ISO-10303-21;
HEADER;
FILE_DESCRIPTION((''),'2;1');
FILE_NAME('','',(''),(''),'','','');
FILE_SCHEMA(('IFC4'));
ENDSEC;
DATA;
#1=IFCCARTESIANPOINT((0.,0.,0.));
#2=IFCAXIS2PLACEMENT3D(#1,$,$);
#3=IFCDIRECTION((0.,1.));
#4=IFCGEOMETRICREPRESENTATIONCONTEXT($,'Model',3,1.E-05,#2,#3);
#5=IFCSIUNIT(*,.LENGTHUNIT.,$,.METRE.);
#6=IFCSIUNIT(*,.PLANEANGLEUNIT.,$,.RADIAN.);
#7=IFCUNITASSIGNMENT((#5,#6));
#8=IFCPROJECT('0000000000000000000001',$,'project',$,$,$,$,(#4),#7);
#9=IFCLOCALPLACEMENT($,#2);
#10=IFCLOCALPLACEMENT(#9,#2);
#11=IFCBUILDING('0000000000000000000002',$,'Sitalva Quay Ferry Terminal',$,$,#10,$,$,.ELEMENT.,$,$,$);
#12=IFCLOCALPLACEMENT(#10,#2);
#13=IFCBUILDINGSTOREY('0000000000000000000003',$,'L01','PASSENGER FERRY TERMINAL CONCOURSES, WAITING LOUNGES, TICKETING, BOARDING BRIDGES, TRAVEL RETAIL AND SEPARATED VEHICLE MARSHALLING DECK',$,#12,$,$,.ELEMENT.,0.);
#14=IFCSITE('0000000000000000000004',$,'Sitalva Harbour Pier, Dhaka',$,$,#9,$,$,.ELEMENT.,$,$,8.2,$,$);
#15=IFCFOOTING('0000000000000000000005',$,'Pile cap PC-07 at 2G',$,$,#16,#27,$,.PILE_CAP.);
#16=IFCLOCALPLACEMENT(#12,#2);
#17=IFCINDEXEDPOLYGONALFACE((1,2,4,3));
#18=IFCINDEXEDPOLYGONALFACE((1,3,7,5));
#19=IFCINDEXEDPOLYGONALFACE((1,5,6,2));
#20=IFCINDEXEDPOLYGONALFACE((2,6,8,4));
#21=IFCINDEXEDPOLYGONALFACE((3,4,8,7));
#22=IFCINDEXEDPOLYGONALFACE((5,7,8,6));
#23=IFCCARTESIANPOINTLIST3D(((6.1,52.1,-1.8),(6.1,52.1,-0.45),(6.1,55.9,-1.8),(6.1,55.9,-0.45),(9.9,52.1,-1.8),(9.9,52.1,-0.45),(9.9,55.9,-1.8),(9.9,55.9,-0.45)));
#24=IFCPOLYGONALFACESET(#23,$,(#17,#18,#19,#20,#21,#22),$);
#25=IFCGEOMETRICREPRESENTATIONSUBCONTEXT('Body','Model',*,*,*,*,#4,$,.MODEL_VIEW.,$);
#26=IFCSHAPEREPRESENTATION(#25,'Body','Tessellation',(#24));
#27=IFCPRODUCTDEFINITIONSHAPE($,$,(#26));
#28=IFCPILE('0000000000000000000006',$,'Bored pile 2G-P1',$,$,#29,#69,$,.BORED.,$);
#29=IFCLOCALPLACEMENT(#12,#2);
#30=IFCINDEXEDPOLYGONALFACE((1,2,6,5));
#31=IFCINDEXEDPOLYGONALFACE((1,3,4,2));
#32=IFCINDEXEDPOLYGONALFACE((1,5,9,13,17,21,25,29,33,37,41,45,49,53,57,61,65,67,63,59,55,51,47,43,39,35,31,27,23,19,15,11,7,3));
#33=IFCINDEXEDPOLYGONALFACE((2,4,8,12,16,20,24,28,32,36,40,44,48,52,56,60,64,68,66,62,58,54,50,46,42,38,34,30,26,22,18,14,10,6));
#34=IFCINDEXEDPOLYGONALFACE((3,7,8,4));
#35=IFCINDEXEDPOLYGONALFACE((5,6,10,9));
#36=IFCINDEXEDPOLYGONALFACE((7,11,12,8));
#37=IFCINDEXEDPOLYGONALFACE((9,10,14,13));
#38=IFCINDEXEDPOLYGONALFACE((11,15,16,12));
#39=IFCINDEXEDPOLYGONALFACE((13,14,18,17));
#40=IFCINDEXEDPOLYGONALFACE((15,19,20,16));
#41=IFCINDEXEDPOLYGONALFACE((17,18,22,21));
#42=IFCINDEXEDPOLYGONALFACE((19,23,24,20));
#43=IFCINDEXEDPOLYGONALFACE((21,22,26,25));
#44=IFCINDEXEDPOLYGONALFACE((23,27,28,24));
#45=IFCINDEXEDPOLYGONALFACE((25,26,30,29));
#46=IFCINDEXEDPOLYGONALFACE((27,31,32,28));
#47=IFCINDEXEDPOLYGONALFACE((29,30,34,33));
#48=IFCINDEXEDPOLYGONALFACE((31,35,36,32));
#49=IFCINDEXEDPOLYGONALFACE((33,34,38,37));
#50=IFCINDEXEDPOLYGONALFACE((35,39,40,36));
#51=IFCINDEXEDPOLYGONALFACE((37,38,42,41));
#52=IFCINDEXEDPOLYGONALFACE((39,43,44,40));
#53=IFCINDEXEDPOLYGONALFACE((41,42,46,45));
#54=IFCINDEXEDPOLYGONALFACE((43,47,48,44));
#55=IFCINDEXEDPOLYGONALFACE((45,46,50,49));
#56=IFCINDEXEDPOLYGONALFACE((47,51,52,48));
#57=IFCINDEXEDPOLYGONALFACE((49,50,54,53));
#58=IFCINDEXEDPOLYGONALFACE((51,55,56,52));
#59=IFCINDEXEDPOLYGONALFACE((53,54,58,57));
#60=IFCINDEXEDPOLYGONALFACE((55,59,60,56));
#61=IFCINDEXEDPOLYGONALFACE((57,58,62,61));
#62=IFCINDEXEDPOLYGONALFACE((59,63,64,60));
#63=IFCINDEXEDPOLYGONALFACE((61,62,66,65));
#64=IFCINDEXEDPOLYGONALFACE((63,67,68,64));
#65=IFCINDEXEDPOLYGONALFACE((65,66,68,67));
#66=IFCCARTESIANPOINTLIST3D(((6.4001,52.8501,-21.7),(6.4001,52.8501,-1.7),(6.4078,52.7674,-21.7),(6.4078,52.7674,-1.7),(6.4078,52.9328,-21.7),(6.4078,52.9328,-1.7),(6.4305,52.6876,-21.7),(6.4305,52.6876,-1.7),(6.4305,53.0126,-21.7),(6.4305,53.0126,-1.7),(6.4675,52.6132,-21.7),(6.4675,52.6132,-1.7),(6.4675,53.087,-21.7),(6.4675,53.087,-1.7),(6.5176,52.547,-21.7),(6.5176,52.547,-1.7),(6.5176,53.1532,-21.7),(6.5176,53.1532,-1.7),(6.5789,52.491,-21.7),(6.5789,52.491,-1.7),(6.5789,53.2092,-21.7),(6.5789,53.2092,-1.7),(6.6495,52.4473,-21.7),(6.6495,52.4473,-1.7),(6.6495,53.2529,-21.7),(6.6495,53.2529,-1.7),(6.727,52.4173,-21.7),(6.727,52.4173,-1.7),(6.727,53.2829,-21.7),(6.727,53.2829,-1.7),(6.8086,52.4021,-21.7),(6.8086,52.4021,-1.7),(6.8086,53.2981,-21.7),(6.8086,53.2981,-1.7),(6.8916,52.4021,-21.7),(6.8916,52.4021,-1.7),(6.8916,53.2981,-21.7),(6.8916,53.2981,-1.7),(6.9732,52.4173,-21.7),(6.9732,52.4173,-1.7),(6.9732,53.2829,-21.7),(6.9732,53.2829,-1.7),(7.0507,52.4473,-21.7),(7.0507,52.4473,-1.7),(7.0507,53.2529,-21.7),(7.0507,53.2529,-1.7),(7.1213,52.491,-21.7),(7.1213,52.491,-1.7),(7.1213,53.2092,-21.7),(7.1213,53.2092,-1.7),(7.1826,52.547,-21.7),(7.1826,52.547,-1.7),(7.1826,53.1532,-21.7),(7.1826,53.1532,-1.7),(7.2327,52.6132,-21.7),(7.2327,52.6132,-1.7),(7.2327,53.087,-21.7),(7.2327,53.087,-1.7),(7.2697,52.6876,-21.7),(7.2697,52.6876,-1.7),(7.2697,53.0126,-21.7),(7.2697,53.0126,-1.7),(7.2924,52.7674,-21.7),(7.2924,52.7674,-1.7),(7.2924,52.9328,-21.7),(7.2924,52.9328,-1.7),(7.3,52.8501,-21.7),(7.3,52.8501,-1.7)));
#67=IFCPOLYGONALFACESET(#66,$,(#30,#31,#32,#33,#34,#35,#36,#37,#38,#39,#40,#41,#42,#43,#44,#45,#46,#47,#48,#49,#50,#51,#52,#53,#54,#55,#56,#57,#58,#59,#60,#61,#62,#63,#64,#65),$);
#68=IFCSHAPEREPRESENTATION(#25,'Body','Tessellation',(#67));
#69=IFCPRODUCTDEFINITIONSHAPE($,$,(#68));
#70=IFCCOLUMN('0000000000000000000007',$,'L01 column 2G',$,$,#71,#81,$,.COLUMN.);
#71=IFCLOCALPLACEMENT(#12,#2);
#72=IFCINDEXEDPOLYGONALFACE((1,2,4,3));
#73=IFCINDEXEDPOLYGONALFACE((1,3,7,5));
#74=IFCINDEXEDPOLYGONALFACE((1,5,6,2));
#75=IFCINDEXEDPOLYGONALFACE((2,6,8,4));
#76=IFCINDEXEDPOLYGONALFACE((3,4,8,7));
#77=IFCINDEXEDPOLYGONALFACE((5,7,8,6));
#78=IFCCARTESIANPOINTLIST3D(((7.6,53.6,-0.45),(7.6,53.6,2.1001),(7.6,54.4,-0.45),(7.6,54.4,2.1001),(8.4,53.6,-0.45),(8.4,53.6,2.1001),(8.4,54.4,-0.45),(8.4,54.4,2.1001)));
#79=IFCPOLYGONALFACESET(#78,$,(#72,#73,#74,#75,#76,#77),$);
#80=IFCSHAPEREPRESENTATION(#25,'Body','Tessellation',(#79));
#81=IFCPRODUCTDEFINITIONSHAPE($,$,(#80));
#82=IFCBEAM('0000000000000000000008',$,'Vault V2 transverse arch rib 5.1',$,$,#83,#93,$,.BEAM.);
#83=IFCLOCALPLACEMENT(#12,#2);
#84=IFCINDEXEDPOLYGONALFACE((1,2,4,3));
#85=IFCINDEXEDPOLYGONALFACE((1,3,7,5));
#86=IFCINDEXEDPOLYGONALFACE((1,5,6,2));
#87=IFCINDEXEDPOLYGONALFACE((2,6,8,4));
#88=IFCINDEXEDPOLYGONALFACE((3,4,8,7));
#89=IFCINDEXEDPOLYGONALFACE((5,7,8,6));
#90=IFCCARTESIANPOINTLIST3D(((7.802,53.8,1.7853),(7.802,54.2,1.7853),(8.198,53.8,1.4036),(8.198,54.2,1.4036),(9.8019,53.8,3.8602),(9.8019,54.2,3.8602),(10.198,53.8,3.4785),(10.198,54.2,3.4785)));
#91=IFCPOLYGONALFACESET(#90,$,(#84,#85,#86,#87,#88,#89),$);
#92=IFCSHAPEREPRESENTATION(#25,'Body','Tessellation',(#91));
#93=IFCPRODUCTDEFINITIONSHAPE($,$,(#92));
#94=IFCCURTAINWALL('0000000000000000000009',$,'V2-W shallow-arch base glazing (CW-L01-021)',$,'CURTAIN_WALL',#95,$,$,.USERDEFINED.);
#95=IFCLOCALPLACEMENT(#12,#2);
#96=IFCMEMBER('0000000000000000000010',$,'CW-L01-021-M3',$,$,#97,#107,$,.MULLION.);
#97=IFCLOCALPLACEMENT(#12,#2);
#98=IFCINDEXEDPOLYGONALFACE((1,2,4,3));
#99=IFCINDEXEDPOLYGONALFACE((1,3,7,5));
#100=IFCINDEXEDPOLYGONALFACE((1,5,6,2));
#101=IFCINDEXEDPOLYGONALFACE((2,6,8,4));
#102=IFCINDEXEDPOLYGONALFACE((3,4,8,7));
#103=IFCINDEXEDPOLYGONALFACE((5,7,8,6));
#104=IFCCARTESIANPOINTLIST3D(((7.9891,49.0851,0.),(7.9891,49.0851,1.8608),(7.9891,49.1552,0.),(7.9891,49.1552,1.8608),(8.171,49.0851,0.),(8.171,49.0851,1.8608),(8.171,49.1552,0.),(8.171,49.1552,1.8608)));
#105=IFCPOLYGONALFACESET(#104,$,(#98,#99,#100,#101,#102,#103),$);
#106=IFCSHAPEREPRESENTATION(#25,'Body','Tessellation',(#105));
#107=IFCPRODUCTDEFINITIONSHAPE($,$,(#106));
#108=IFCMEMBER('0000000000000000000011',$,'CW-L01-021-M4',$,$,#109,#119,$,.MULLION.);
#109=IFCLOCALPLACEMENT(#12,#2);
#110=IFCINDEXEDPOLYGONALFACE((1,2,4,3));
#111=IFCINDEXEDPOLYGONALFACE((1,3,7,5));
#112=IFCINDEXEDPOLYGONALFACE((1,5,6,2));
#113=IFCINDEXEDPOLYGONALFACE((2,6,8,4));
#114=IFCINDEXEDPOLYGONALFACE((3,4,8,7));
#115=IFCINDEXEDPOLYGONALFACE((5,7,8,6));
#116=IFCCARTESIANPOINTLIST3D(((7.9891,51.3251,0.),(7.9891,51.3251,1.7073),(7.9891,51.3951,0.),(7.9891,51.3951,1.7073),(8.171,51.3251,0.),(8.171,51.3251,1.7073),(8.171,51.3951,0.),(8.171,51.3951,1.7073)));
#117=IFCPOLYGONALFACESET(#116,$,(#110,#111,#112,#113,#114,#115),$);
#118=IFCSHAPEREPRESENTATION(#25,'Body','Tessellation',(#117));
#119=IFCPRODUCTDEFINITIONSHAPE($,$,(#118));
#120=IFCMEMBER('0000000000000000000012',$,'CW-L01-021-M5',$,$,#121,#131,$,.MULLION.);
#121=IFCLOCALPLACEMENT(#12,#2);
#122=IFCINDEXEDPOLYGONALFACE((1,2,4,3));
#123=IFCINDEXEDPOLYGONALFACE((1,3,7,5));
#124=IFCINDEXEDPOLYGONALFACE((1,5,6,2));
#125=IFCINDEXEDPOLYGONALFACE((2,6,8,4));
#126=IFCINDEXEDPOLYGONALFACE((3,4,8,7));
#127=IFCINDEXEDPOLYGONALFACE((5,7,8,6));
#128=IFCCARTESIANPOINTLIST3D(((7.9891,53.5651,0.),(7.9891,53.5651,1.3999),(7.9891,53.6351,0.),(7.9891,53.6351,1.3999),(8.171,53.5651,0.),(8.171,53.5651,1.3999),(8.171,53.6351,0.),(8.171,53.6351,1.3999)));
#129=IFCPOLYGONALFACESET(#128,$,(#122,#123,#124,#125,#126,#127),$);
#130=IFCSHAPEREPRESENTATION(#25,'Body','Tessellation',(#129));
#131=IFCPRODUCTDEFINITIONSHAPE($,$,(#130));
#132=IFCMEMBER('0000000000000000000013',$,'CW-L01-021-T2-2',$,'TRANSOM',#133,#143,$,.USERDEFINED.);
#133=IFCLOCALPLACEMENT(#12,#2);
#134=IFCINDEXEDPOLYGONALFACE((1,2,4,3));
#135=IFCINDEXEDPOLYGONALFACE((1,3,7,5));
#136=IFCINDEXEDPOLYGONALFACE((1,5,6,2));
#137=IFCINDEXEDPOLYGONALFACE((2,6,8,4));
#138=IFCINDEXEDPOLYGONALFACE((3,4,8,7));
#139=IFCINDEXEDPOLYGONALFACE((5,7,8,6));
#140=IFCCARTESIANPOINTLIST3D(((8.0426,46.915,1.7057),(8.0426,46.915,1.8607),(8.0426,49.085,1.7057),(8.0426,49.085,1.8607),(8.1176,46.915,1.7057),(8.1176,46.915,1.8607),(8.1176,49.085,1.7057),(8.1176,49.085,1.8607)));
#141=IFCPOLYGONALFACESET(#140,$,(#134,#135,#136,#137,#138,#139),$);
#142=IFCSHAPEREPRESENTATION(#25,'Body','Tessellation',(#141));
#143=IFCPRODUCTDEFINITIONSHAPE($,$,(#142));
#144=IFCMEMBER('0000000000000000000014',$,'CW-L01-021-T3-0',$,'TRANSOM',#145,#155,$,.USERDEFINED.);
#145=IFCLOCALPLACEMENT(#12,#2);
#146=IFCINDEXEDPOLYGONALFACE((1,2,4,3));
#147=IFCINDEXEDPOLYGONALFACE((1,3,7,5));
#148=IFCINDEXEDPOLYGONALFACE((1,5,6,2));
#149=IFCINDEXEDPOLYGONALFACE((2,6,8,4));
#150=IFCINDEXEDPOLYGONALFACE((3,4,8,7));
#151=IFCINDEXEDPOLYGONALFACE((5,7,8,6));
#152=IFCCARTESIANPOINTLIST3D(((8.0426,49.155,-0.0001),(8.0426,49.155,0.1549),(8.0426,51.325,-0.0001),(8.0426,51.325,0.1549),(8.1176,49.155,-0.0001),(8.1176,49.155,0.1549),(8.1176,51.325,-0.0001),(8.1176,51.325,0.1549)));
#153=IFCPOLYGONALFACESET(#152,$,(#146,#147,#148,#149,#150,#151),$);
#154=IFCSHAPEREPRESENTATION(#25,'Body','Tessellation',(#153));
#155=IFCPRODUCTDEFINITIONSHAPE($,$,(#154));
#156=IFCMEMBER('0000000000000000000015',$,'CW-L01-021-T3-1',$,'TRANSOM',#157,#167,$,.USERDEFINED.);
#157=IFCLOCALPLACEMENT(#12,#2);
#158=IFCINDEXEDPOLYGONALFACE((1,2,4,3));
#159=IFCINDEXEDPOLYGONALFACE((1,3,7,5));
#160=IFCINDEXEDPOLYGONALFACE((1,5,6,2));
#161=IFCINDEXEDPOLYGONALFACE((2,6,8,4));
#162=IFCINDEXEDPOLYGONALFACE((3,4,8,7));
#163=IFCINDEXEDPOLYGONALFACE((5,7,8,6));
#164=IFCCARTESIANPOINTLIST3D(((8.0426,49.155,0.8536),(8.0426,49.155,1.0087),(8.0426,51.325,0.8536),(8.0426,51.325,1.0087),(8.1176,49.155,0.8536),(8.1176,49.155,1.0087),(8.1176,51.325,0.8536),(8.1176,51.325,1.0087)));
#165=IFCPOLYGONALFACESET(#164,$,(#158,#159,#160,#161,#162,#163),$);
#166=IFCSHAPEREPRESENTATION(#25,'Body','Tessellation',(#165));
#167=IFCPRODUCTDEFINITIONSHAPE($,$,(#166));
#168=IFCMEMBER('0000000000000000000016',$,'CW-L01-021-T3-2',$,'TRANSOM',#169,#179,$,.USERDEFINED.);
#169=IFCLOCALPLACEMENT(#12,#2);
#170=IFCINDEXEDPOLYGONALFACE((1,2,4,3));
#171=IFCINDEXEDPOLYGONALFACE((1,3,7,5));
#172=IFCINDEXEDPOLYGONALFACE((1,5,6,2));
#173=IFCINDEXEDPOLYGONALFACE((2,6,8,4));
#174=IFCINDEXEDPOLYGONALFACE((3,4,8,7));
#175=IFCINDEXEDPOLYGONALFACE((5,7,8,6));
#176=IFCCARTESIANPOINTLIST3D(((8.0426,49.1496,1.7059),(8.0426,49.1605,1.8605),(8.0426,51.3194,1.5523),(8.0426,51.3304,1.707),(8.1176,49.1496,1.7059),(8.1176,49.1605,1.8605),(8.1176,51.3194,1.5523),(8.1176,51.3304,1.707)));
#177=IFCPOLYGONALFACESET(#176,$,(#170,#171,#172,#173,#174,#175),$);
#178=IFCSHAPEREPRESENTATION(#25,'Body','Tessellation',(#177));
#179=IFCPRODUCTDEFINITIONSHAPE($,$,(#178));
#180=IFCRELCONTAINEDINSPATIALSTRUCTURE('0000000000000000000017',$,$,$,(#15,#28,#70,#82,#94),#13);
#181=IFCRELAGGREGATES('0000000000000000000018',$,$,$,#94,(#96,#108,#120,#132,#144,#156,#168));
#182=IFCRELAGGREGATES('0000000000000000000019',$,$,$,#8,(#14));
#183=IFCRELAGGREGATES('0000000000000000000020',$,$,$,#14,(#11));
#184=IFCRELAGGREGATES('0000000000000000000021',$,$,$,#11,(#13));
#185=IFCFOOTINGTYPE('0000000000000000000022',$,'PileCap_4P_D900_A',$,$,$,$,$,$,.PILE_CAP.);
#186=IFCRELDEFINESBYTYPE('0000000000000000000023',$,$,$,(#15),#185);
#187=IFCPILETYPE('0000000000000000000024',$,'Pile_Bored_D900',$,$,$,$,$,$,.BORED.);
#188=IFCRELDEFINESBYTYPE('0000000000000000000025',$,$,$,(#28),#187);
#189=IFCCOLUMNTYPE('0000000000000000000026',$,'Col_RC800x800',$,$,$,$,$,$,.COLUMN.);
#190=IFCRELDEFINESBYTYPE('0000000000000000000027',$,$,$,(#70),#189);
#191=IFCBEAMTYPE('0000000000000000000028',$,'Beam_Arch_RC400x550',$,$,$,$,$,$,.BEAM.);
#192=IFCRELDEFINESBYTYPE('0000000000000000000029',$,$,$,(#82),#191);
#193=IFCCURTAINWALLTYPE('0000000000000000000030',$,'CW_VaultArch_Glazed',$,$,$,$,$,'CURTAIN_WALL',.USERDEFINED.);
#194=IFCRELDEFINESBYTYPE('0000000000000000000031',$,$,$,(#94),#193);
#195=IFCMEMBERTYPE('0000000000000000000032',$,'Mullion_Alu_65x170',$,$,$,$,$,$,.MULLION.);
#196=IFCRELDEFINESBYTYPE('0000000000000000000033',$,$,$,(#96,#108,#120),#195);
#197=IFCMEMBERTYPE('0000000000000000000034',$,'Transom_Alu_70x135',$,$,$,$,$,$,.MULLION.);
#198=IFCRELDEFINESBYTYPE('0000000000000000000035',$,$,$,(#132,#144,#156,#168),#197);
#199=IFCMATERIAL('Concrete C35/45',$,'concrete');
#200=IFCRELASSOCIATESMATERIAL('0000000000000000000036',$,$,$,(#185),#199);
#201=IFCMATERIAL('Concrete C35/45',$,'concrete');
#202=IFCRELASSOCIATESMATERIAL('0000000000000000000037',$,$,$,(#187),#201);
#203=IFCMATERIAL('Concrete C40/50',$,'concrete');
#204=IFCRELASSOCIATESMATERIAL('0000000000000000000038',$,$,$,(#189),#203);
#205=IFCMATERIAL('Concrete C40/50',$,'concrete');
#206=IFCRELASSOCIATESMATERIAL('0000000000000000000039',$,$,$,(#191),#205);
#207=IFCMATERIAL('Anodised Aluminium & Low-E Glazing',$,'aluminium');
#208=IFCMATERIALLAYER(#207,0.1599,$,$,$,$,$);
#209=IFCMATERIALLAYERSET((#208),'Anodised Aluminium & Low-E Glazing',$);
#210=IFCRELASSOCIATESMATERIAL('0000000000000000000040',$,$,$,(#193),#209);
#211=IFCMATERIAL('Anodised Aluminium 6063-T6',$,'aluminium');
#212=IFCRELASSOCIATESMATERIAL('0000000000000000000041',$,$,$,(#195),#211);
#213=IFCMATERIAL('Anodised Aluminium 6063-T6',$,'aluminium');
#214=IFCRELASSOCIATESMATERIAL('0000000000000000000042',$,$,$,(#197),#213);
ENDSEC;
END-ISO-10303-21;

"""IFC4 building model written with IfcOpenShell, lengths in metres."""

from ifc_helpers import new_model, si_unit, direction, frame, origin, origin_2d, place, context, subcontext, project, spatial, rectangle, circle, extrude, material, layer, layer_set, material_profile, profile_set, type_object, element, aggregate, save


model = new_model("IFC4")

# Units and contexts
model_context = context("Model", 3, precision=1e-05, world=origin(), true_north=direction((0.0, 1.0)))
body_context = subcontext(model_context, "Body", "Model", "MODEL_VIEW")
ifc_project = project(units=[si_unit("LENGTHUNIT", "METRE"), si_unit("PLANEANGLEUNIT", "RADIAN")], contexts=[model_context])

# Site, building, storey
site_placement = place(None, origin())
site = spatial("IfcSite", under=ifc_project, at=site_placement, Name="Sitalva Harbour Pier, Dhaka", CompositionType="ELEMENT", RefElevation=8.2)
building_placement = place(site_placement, origin())
building = spatial("IfcBuilding", under=site, at=building_placement, Name="Sitalva Quay Ferry Terminal", CompositionType="ELEMENT")
storey_placement = place(building_placement, origin())
storey = spatial("IfcBuildingStorey", under=building, at=storey_placement, Name="L01", Description="PASSENGER FERRY TERMINAL CONCOURSES, WAITING LOUNGES, TICKETING, BOARDING BRIDGES, TRAVEL RETAIL AND SEPARATED VEHICLE MARSHALLING DECK", CompositionType="ELEMENT", Elevation=0.0)

# Footing
ifc_material_1 = material(Name="Concrete C35/45", Category="concrete")
footing_type = type_object("IfcFootingType", Name="PileCap_4P_D900_A", PredefinedType="PILE_CAP", material=ifc_material_1)
footing_placement = place(storey_placement, frame((8.0, 54.0, -1.8), z_axis=(0.0, 0.0, 1.0), x_axis=(1.0, 0.0, 0.0)))
element("IfcFooting", 1, at=footing_placement, inside=storey, type_object=footing_type, Name="Pile cap PC-07 at 2G", PredefinedType="PILE_CAP", context=body_context, shape_type="SweptSolid", body=[
    extrude(rectangle(XDim=3.8, YDim=3.8, at=origin_2d()), origin(), (0.0, 0.0, 1.0), 1.3501),
])

# Pile
ifc_material_2 = material(Name="Concrete C35/45", Category="concrete")
ifc_material_profile_1 = material_profile(ifc_material_2, circle(Radius=0.45, at=origin_2d()), Name="PILE-D900")
ifc_profile_set_1 = profile_set([ifc_material_profile_1], Name="Concrete C35/45")
pile_type = type_object("IfcPileType", Name="Pile_Bored_D900", PredefinedType="BORED", material=ifc_profile_set_1)
pile_placement = place(storey_placement, frame((6.8501, 52.8501, -1.7), z_axis=(0.0, 0.0, -1.0), x_axis=(1.0, 0.0, 0.0)))
element("IfcPile", 2, at=pile_placement, inside=storey, type_object=pile_type, Name="Bored pile 2G-P1", PredefinedType="BORED", context=body_context, shape_type="SweptSolid", body=[
    extrude(circle(Radius=0.45, at=origin_2d()), origin(), (0.0, 0.0, 1.0), 20.0),
])

# Column
ifc_material_3 = material(Name="Concrete C40/50", Category="concrete")
ifc_material_profile_2 = material_profile(ifc_material_3, rectangle(XDim=0.8, YDim=0.8, at=origin_2d()), Name="RC800x800")
ifc_profile_set_2 = profile_set([ifc_material_profile_2], Name="Concrete C40/50")
column_type = type_object("IfcColumnType", Name="Col_RC800x800", PredefinedType="COLUMN", material=ifc_profile_set_2)
column_placement = place(storey_placement, frame((8.0, 54.0, -0.45), z_axis=(0.0, 0.0, 1.0), x_axis=(1.0, 0.0, 0.0)))
element("IfcColumn", 3, at=column_placement, inside=storey, type_object=column_type, Name="L01 column 2G", PredefinedType="COLUMN", context=body_context, shape_type="SweptSolid", body=[
    extrude(rectangle(XDim=0.8, YDim=0.8, at=origin_2d()), origin(), (0.0, 0.0, 1.0), 2.55),
])

# Beam
ifc_material_4 = material(Name="Concrete C40/50", Category="concrete")
ifc_material_profile_3 = material_profile(ifc_material_4, rectangle(XDim=0.3999, YDim=0.55, at=origin_2d()), Name="RC400x550")
ifc_profile_set_3 = profile_set([ifc_material_profile_3], Name="Concrete C40/50")
beam_type = type_object("IfcBeamType", Name="Beam_Arch_RC400x550", PredefinedType="BEAM", material=ifc_profile_set_3)
beam_placement = place(storey_placement, frame((8.0, 54.0, 1.5945), z_axis=(0.693983, 0.0, 0.719991), x_axis=(0.0, 1.0, 0.0)))
element("IfcBeam", 4, at=beam_placement, inside=storey, type_object=beam_type, Name="Vault V2 transverse arch rib 5.1", PredefinedType="BEAM", context=body_context, shape_type="SweptSolid", body=[
    extrude(rectangle(XDim=0.3999, YDim=0.55, at=origin_2d()), origin(), (0.0, 0.0, 1.0), 2.8818),
])

# Curtain wall, members
ifc_material_5 = material(Name="Anodised Aluminium & Low-E Glazing", Category="aluminium")
ifc_layer_1 = layer(ifc_material_5, 0.1599)
ifc_layer_set_1 = layer_set([ifc_layer_1], Name="Anodised Aluminium & Low-E Glazing")
curtain_wall_type = type_object("IfcCurtainWallType", Name="CW_VaultArch_Glazed", ElementType="CURTAIN_WALL", PredefinedType="USERDEFINED", material=ifc_layer_set_1)
curtain_wall_placement = place(storey_placement, origin())
curtain_wall = element("IfcCurtainWall", 5, at=curtain_wall_placement, inside=storey, type_object=curtain_wall_type, Name="V2-W shallow-arch base glazing (CW-L01-021)", ObjectType="CURTAIN_WALL", PredefinedType="USERDEFINED")
ifc_material_6 = material(Name="Anodised Aluminium 6063-T6", Category="aluminium")
ifc_material_profile_4 = material_profile(ifc_material_6, rectangle(XDim=0.0701, YDim=0.1819, at=origin_2d()), Name="ALU70x182")
ifc_profile_set_4 = profile_set([ifc_material_profile_4], Name="Anodised Aluminium 6063-T6")
member_type_1 = type_object("IfcMemberType", Name="Mullion_Alu_65x170", PredefinedType="MULLION", material=ifc_profile_set_4)
member_1_placement = place(storey_placement, frame((8.0801, 49.1201, 0.0), z_axis=(0.0, 0.0, 1.0), x_axis=(0.0, 1.0, 0.0)))
member_1 = element("IfcMember", 6, at=member_1_placement, type_object=member_type_1, Name="CW-L01-021-M3", PredefinedType="MULLION", context=body_context, shape_type="SweptSolid", body=[
    extrude(rectangle(XDim=0.0701, YDim=0.1819, at=origin_2d()), origin(), (0.0, 0.0, 1.0), 1.8608),
])
member_2_placement = place(storey_placement, frame((8.0801, 51.3601, 0.0), z_axis=(0.0, 0.0, 1.0), x_axis=(0.0, 1.0, 0.0)))
member_2 = element("IfcMember", 7, at=member_2_placement, type_object=member_type_1, Name="CW-L01-021-M4", PredefinedType="MULLION", context=body_context, shape_type="SweptSolid", body=[
    extrude(rectangle(XDim=0.0701, YDim=0.1819, at=origin_2d()), origin(), (0.0, 0.0, 1.0), 1.7073),
])
member_3_placement = place(storey_placement, frame((8.0801, 53.6001, 0.0), z_axis=(0.0, 0.0, 1.0), x_axis=(0.0, 1.0, 0.0)))
member_3 = element("IfcMember", 8, at=member_3_placement, type_object=member_type_1, Name="CW-L01-021-M5", PredefinedType="MULLION", context=body_context, shape_type="SweptSolid", body=[
    extrude(rectangle(XDim=0.0701, YDim=0.1819, at=origin_2d()), origin(), (0.0, 0.0, 1.0), 1.3999),
])
ifc_material_7 = material(Name="Anodised Aluminium 6063-T6", Category="aluminium")
ifc_material_profile_5 = material_profile(ifc_material_7, rectangle(XDim=0.075, YDim=0.155, at=origin_2d()), Name="ALU75x155")
ifc_profile_set_5 = profile_set([ifc_material_profile_5], Name="Anodised Aluminium 6063-T6")
member_type_2 = type_object("IfcMemberType", Name="Transom_Alu_70x135", PredefinedType="MULLION", material=ifc_profile_set_5)
member_4_placement = place(storey_placement, frame((8.0801, 46.915, 1.7832), z_axis=(0.0, 1.0, 0.0), x_axis=(-1.0, 0.0, 0.0)))
member_4 = element("IfcMember", 9, at=member_4_placement, type_object=member_type_2, Name="CW-L01-021-T2-2", ObjectType="TRANSOM", PredefinedType="USERDEFINED", context=body_context, shape_type="SweptSolid", body=[
    extrude(rectangle(XDim=0.075, YDim=0.155, at=origin_2d()), origin(), (0.0, 0.0, 1.0), 2.1699),
])
member_5_placement = place(storey_placement, frame((8.0801, 49.155, 0.0774), z_axis=(0.0, 1.0, 0.0), x_axis=(-1.0, 0.0, 0.0)))
member_5 = element("IfcMember", 10, at=member_5_placement, type_object=member_type_2, Name="CW-L01-021-T3-0", ObjectType="TRANSOM", PredefinedType="USERDEFINED", context=body_context, shape_type="SweptSolid", body=[
    extrude(rectangle(XDim=0.075, YDim=0.155, at=origin_2d()), origin(), (0.0, 0.0, 1.0), 2.1699),
])
member_6_placement = place(storey_placement, frame((8.0801, 49.155, 0.9312), z_axis=(0.0, 1.0, 0.0), x_axis=(-1.0, 0.0, 0.0)))
member_6 = element("IfcMember", 11, at=member_6_placement, type_object=member_type_2, Name="CW-L01-021-T3-1", ObjectType="TRANSOM", PredefinedType="USERDEFINED", context=body_context, shape_type="SweptSolid", body=[
    extrude(rectangle(XDim=0.075, YDim=0.155, at=origin_2d()), origin(), (0.0, 0.0, 1.0), 2.1699),
])
member_7_placement = place(storey_placement, frame((8.0801, 49.155, 1.7832), z_axis=(0.0, 0.997505, -0.070593), x_axis=(-1.0, 0.0, 0.0)))
member_7 = element("IfcMember", 12, at=member_7_placement, type_object=member_type_2, Name="CW-L01-021-T3-2", ObjectType="TRANSOM", PredefinedType="USERDEFINED", context=body_context, shape_type="SweptSolid", body=[
    extrude(rectangle(XDim=0.075, YDim=0.155, at=origin_2d()), origin(), (0.0, 0.0, 1.0), 2.1753),
])
aggregate(curtain_wall, [member_1, member_2, member_3, member_4, member_5, member_6, member_7])

save(model, "model.ifc")
